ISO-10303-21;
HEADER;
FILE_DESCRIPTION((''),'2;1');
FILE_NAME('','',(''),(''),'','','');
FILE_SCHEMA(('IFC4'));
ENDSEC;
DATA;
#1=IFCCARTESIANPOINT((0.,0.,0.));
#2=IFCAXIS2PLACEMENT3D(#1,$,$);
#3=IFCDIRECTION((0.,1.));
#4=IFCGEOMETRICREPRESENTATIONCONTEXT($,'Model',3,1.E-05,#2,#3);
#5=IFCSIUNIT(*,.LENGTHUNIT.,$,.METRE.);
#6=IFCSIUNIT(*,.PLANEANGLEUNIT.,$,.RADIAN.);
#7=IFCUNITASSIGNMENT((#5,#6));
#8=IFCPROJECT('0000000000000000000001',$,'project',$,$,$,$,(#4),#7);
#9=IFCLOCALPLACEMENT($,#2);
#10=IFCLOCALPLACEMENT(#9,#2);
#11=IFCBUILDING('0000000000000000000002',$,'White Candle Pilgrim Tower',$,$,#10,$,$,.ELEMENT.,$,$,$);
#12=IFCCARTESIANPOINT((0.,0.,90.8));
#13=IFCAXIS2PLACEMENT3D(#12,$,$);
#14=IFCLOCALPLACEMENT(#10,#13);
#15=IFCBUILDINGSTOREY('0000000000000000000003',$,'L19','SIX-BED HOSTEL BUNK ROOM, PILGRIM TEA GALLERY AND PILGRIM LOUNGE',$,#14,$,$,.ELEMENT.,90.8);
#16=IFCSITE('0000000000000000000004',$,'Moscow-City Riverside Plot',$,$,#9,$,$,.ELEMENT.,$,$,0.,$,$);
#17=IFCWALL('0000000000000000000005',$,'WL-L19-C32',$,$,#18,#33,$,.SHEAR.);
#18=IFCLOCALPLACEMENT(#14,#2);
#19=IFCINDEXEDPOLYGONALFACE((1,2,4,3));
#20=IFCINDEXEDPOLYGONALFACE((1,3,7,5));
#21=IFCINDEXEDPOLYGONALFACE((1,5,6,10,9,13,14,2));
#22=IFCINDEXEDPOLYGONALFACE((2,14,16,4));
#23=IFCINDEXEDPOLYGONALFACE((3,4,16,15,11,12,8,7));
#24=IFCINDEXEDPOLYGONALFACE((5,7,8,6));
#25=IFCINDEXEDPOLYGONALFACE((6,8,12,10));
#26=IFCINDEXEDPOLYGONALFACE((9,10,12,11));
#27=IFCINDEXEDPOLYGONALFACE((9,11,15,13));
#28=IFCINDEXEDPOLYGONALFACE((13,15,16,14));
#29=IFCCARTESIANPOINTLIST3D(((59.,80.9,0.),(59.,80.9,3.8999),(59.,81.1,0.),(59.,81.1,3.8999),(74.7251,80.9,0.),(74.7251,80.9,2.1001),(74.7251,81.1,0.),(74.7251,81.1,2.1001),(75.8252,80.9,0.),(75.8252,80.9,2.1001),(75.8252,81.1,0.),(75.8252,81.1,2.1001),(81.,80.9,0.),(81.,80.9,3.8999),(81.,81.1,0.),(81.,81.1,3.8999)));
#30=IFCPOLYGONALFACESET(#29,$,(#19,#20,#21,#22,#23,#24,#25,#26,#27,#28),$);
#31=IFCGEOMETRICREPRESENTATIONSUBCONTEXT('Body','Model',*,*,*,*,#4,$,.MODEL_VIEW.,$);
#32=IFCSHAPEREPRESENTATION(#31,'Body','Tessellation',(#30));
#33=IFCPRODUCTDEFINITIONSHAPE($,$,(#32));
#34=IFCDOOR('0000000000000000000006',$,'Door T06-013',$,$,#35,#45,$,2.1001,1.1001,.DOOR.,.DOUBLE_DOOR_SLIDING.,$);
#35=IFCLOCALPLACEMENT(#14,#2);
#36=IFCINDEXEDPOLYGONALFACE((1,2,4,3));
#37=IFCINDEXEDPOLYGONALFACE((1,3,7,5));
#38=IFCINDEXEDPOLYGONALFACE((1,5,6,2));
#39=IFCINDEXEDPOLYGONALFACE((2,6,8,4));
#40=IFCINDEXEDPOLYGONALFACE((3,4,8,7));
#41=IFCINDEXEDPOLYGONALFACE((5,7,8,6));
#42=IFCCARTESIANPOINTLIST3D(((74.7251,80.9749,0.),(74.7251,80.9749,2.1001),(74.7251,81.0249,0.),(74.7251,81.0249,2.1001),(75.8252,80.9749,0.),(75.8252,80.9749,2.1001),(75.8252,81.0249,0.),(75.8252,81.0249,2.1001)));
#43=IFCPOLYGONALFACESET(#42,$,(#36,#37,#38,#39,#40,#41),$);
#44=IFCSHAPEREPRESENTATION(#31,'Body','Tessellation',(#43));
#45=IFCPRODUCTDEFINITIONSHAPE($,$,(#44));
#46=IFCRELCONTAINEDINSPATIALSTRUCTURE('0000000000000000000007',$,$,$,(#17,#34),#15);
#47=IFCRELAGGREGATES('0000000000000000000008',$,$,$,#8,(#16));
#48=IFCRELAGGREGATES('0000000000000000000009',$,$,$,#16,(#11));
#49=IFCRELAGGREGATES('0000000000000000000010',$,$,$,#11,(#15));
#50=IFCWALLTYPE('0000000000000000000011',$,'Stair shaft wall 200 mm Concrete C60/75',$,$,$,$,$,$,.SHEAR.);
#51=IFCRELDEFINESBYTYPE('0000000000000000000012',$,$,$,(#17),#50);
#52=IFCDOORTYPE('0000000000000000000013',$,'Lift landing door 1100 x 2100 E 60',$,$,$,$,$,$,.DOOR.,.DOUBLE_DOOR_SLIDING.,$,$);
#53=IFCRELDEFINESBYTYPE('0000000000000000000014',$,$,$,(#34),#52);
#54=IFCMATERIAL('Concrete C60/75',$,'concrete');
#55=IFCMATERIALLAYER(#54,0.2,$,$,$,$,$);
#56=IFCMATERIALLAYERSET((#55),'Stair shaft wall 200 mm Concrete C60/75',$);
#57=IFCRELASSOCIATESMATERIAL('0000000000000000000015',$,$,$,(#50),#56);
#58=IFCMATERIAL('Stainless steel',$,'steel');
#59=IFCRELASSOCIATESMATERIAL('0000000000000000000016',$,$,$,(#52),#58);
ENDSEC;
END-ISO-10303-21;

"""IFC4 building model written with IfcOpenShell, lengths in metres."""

from ifc_helpers import new_model, si_unit, direction, frame, frame_2d, origin, place, context, subcontext, project, spatial, rectangle, extrude, material, layer, layer_set, type_object, element, fill, save


model = new_model("IFC4")

# Units and contexts
model_context = context("Model", 3, precision=1e-05, world=origin(), true_north=direction((0.0, 1.0)))
body_context = subcontext(model_context, "Body", "Model", "MODEL_VIEW")
ifc_project = project(units=[si_unit("LENGTHUNIT", "METRE"), si_unit("PLANEANGLEUNIT", "RADIAN")], contexts=[model_context])

# Site, building, storey
site_placement = place(None, origin())
site = spatial("IfcSite", under=ifc_project, at=site_placement, Name="Moscow-City Riverside Plot", CompositionType="ELEMENT", RefElevation=0.0)
building_placement = place(site_placement, origin())
building = spatial("IfcBuilding", under=site, at=building_placement, Name="White Candle Pilgrim Tower", CompositionType="ELEMENT")
storey_placement = place(building_placement, frame((0.0, 0.0, 90.8)))
storey = spatial("IfcBuildingStorey", under=building, at=storey_placement, Name="L19", Description="SIX-BED HOSTEL BUNK ROOM, PILGRIM TEA GALLERY AND PILGRIM LOUNGE", CompositionType="ELEMENT", Elevation=90.8)

# Wall, opening, door
ifc_material_1 = material(Name="Concrete C60/75", Category="concrete")
ifc_layer_1 = layer(ifc_material_1, 0.2)
ifc_layer_set_1 = layer_set([ifc_layer_1], Name="Stair shaft wall 200 mm Concrete C60/75")
wall_type_1 = type_object("IfcWallType", Name="Stair shaft wall 200 mm Concrete C60/75", PredefinedType="SHEAR", material=ifc_layer_set_1)
wall_1_placement = place(storey_placement, frame((59.0, 81.0, 0.0), z_axis=(0.0, 0.0, 1.0), x_axis=(1.0, 0.0, 0.0)))
wall_1 = element("IfcWall", 1, at=wall_1_placement, inside=storey, type_object=wall_type_1, Name="WL-L19-C32", PredefinedType="SHEAR", context=body_context, shape_type="SweptSolid", body=[
    extrude(rectangle(XDim=22.0, YDim=0.2, at=frame_2d((11.0, 0.0))), origin(), (0.0, 0.0, 1.0), 3.8999),
])
opening_1_placement = place(wall_1_placement, frame((15.7251, 0.0, 0.0)))
opening_1 = element("IfcOpeningElement", 2, at=opening_1_placement, cuts=wall_1, PredefinedType="OPENING", context=body_context, shape_type="SweptSolid", body=[
    extrude(rectangle(XDim=1.1001, YDim=2.1001, at=frame_2d((0.55, 1.05))), frame((0.0, 0.1099, 0.0), z_axis=(0.0, -1.0, 0.0), x_axis=(1.0, 0.0, 0.0)), (0.0, 0.0, 1.0), 0.22),
])
ifc_material_2 = material(Name="Stainless steel", Category="steel")
door_type_1 = type_object("IfcDoorType", Name="Lift landing door 1100 x 2100 E 60", OperationType="DOUBLE_DOOR_SLIDING", PredefinedType="DOOR", material=ifc_material_2)
door_1_placement = place(opening_1_placement, origin())
door_1 = element("IfcDoor", 3, at=door_1_placement, inside=storey, type_object=door_type_1, Name="Door T06-013", OperationType="DOUBLE_DOOR_SLIDING", OverallHeight=2.1001, OverallWidth=1.1001, PredefinedType="DOOR", context=body_context, shape_type="SweptSolid", body=[
    extrude(rectangle(XDim=1.1001, YDim=2.1001, at=frame_2d((0.55, 1.05))), frame((0.0, 0.0249, 0.0), z_axis=(0.0, -1.0, 0.0), x_axis=(1.0, 0.0, 0.0)), (0.0, 0.0, 1.0), 0.05),
])
fill(opening_1, door_1)

save(model, "model.ifc")
